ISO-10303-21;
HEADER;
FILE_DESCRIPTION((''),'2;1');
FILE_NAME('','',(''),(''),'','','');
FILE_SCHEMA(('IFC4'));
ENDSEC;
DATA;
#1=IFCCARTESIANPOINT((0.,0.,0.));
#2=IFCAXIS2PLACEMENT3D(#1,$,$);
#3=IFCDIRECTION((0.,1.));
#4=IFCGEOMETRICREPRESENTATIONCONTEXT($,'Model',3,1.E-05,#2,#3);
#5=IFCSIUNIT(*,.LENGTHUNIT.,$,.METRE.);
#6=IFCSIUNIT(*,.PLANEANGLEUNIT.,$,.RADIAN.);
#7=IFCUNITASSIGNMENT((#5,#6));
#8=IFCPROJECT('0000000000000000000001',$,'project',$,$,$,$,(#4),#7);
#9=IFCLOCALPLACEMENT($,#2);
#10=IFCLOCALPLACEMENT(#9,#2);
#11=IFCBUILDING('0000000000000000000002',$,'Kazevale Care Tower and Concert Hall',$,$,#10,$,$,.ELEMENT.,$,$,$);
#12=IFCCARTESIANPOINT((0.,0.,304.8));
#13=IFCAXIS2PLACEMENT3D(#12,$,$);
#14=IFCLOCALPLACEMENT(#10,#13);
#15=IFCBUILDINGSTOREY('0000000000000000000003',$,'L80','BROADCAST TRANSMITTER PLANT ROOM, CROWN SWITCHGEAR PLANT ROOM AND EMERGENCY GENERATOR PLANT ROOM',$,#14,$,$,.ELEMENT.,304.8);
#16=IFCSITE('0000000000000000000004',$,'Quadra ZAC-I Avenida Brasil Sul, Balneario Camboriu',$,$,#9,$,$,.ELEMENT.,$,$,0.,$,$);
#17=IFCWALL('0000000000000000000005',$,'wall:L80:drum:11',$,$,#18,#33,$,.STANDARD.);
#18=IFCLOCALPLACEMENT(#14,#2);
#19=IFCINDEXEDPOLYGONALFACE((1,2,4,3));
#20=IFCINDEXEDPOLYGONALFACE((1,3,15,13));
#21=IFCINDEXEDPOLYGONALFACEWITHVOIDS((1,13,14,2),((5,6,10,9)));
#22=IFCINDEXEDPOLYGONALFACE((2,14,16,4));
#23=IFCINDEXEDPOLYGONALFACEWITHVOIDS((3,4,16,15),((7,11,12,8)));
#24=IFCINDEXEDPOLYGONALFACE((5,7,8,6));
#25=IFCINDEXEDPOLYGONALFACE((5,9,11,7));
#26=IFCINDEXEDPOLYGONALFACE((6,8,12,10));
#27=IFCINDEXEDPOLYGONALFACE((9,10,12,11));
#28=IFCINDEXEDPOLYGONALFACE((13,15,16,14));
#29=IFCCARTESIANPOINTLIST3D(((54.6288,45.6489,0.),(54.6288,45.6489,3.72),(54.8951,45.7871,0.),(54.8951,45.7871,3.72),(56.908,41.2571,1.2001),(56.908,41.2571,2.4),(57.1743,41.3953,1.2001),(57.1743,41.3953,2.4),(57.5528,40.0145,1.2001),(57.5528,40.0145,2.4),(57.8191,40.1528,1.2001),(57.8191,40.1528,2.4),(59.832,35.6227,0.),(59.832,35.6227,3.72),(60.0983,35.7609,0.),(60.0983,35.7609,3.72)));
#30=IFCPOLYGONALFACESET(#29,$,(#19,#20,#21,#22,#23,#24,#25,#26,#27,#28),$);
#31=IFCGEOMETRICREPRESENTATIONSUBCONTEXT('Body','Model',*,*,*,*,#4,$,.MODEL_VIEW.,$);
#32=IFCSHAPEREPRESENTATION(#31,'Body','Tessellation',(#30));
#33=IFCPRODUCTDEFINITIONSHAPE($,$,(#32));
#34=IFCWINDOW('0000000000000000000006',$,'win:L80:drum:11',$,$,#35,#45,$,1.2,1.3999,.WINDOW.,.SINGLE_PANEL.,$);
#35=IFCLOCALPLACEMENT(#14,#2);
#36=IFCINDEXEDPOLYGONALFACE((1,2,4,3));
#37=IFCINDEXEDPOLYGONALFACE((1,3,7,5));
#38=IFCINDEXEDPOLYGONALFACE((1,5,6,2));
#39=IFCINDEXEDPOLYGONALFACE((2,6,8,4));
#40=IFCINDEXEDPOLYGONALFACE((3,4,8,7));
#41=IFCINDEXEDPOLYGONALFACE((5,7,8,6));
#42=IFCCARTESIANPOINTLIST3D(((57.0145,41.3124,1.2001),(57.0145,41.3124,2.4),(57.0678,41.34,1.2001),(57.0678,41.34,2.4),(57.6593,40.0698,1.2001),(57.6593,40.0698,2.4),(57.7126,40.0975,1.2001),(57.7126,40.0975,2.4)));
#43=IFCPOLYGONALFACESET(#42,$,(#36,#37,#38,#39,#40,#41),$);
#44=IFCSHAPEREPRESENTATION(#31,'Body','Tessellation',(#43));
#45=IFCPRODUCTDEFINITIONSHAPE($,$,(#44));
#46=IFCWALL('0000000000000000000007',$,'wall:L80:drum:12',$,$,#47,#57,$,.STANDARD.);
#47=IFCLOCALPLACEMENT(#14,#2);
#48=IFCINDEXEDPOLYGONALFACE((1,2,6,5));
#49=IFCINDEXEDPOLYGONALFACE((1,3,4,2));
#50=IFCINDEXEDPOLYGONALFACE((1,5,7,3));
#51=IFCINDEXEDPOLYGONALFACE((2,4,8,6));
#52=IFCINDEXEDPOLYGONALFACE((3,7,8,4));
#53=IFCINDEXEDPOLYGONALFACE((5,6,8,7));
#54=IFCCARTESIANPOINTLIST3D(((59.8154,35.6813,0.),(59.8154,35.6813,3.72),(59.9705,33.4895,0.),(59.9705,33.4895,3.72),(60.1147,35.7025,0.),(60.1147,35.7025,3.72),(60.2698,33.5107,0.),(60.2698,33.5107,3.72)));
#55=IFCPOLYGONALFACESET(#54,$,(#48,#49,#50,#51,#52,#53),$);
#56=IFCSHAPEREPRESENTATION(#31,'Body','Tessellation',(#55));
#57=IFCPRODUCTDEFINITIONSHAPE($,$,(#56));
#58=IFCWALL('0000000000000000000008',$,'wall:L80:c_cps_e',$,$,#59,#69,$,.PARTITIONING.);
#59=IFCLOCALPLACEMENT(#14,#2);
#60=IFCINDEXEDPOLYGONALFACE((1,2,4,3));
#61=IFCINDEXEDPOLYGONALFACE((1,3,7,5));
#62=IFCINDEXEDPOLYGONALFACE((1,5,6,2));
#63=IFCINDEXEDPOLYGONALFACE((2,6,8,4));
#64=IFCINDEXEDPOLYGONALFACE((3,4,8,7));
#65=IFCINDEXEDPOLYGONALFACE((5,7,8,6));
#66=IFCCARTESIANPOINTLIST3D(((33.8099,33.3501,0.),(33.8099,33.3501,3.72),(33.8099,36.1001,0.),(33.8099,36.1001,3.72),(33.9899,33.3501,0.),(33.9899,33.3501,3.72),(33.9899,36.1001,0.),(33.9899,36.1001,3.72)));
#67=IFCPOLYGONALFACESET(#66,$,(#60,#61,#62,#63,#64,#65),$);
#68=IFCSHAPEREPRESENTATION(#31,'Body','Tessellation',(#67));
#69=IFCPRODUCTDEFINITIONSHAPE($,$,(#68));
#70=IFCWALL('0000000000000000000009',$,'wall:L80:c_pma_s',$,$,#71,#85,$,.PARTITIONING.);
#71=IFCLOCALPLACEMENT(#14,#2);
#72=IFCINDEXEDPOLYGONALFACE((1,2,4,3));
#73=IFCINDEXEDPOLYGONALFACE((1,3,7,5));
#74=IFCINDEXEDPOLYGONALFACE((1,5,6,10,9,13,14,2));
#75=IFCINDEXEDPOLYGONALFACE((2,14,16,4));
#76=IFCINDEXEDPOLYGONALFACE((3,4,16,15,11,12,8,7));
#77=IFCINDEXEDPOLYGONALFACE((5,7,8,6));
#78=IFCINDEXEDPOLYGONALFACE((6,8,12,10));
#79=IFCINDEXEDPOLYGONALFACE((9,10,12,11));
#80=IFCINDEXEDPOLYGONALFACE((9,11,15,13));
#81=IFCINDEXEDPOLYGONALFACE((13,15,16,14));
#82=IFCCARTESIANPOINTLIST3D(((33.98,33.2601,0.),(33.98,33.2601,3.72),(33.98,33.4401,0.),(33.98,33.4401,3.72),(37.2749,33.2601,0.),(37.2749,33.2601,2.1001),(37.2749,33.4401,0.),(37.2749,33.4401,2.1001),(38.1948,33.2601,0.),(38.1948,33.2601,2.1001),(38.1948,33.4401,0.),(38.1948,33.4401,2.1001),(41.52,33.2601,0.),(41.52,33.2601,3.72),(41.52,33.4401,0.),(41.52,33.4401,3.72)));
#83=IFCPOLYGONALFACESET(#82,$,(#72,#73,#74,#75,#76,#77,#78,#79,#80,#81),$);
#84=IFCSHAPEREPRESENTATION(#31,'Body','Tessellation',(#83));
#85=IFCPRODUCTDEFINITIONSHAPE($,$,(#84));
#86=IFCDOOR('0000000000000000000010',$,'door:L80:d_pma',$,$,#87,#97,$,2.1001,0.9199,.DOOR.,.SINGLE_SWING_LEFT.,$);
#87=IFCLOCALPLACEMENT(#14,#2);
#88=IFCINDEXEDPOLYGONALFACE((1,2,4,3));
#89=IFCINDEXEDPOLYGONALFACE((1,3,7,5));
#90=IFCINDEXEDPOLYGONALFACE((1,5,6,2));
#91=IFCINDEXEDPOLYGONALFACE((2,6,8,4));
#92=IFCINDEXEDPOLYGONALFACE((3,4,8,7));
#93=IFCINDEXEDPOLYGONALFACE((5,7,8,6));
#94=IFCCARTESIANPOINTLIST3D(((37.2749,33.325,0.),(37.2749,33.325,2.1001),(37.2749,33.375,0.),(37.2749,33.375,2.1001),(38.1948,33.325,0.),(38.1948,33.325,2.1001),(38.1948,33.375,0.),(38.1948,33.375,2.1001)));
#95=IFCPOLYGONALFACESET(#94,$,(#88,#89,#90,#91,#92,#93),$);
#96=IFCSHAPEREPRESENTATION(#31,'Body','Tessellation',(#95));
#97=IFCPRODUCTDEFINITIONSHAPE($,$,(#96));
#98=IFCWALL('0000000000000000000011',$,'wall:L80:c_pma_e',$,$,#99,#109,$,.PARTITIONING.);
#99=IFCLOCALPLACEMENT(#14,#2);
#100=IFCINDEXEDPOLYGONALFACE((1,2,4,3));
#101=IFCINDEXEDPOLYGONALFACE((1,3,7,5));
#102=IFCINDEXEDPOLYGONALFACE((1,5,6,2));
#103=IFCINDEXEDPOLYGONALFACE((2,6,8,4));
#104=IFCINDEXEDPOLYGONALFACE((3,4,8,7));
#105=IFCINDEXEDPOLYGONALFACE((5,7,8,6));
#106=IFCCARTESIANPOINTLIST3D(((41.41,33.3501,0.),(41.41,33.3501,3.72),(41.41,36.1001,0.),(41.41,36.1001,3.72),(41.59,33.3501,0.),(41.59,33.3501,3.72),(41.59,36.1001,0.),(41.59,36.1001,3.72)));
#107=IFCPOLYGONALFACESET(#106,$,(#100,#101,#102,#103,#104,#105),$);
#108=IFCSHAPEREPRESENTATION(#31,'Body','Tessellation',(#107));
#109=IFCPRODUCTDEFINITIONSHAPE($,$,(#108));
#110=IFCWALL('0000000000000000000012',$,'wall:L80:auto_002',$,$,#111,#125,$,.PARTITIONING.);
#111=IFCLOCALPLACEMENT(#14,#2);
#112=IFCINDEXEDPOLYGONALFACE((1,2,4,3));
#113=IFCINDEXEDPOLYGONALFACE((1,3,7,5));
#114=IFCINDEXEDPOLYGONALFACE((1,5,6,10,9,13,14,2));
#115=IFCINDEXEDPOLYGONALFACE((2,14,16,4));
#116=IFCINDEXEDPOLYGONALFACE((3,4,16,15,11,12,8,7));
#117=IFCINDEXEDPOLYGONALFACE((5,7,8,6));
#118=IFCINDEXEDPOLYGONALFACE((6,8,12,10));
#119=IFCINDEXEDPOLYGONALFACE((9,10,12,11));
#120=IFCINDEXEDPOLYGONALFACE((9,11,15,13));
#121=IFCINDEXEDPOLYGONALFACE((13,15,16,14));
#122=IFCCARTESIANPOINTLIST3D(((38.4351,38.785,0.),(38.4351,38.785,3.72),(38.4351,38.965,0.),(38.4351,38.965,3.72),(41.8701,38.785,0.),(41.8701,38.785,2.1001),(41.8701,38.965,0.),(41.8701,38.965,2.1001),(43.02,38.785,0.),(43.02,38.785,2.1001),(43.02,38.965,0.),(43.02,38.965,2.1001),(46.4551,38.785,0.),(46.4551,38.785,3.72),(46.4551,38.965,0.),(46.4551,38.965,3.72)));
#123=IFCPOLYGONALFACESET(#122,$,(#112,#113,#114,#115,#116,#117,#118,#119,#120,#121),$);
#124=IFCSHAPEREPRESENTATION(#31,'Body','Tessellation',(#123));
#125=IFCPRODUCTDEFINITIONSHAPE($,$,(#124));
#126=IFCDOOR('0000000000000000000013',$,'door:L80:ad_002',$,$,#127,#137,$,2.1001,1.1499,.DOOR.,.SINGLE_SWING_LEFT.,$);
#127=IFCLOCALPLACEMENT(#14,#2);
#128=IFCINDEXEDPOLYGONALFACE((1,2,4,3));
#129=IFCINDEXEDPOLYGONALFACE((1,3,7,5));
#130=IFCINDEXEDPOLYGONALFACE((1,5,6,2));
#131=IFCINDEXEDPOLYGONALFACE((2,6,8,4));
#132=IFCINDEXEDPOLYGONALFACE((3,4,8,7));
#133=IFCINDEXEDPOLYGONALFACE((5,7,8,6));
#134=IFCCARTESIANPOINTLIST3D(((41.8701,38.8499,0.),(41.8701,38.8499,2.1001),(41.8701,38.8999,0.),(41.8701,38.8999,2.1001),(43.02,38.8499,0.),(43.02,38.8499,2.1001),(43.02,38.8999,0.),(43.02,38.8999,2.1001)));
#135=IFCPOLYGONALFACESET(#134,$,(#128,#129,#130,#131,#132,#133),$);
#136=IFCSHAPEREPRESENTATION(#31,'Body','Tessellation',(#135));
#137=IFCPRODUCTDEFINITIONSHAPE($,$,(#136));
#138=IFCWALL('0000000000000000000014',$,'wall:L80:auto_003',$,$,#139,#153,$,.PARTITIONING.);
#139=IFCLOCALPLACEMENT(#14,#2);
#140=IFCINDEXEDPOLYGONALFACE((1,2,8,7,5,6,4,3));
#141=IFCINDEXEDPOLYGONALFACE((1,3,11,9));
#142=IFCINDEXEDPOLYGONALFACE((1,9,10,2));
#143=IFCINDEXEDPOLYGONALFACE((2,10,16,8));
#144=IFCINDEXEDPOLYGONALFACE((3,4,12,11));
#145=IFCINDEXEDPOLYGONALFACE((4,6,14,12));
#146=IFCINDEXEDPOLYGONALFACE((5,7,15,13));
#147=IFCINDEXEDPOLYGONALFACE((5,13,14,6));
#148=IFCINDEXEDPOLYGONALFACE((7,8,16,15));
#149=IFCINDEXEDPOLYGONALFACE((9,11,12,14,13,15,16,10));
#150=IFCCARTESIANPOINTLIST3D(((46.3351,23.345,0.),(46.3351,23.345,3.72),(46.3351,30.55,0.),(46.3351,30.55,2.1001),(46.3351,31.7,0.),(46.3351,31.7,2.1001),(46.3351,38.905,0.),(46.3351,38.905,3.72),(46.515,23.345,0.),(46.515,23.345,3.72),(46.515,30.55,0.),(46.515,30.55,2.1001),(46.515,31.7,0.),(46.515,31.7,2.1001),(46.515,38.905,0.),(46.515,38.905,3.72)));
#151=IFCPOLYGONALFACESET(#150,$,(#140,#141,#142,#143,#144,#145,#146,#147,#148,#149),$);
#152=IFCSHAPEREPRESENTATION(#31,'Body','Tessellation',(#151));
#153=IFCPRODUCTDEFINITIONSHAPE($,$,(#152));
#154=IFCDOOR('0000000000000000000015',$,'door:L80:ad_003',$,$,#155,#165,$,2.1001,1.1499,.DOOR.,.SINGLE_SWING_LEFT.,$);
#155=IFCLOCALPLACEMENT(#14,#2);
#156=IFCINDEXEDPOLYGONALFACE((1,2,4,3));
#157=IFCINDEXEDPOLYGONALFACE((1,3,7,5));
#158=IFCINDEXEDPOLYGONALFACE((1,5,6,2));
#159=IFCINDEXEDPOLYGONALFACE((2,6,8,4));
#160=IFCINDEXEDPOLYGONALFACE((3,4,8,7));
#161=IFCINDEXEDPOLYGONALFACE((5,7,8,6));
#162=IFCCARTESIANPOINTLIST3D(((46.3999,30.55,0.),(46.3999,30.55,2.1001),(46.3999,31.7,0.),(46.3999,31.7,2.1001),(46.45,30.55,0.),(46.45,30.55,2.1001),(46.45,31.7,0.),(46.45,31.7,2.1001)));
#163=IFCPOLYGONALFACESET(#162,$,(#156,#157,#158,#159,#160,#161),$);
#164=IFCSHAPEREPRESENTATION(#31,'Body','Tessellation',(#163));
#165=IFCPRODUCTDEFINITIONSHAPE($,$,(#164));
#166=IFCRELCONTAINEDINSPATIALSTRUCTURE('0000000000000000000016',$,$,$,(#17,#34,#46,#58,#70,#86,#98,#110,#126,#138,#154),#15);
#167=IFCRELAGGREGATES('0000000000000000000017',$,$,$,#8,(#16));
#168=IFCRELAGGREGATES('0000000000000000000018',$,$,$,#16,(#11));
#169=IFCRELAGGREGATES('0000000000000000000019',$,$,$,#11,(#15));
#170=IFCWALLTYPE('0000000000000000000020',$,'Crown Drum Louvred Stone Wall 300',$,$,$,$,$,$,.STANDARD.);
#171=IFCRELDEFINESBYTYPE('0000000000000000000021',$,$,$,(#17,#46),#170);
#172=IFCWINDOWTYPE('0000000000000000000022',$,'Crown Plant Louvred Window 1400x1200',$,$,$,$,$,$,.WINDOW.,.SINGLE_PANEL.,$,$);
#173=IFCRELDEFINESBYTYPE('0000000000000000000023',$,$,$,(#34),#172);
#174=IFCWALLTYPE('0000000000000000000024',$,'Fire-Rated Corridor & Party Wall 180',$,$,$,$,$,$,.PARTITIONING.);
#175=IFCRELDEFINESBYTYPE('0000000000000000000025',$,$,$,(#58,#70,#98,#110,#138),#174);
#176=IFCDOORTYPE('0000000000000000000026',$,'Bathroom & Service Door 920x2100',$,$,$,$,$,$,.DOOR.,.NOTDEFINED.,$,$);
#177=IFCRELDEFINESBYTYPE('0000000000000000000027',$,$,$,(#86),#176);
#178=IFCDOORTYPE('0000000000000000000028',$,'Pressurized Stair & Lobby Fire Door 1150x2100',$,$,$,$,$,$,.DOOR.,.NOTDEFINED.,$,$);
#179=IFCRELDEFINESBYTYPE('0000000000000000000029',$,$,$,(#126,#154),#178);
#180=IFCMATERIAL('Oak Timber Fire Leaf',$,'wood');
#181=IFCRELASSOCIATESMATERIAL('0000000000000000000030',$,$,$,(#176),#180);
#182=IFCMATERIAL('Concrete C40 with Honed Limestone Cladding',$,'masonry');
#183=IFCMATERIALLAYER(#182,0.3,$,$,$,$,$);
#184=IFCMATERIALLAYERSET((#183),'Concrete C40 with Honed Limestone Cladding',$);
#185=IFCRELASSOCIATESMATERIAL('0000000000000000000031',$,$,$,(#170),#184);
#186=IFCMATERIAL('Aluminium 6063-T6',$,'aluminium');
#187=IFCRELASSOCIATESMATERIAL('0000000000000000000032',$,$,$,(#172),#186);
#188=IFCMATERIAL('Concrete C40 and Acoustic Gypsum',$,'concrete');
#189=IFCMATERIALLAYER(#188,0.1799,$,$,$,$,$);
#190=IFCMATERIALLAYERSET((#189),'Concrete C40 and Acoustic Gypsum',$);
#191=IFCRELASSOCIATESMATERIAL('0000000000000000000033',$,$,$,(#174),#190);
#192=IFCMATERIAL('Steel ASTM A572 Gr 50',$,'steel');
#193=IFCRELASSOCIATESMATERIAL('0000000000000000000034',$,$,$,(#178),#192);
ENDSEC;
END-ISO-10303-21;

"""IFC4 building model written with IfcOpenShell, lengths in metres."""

from ifc_helpers import new_model, si_unit, direction, frame, frame_2d, origin, place, context, subcontext, project, spatial, rectangle, extrude, material, layer, layer_set, type_object, element, fill, save


model = new_model("IFC4")

# Units and contexts
model_context = context("Model", 3, precision=1e-05, world=origin(), true_north=direction((0.0, 1.0)))
body_context = subcontext(model_context, "Body", "Model", "MODEL_VIEW")
ifc_project = project(units=[si_unit("LENGTHUNIT", "METRE"), si_unit("PLANEANGLEUNIT", "RADIAN")], contexts=[model_context])

# Site, building, storey
site_placement = place(None, origin())
site = spatial("IfcSite", under=ifc_project, at=site_placement, Name="Quadra ZAC-I Avenida Brasil Sul, Balneario Camboriu", CompositionType="ELEMENT", RefElevation=0.0)
building_placement = place(site_placement, origin())
building = spatial("IfcBuilding", under=site, at=building_placement, Name="Kazevale Care Tower and Concert Hall", CompositionType="ELEMENT")
storey_placement = place(building_placement, frame((0.0, 0.0, 304.8)))
storey = spatial("IfcBuildingStorey", under=building, at=storey_placement, Name="L80", Description="BROADCAST TRANSMITTER PLANT ROOM, CROWN SWITCHGEAR PLANT ROOM AND EMERGENCY GENERATOR PLANT ROOM", CompositionType="ELEMENT", Elevation=304.8)

# Shared definitions
ifc_material_1 = material(Name="Steel ASTM A572 Gr 50", Category="steel")

# Shared definitions
ifc_material_2 = material(Name="Oak Timber Fire Leaf", Category="wood")
door_type_1 = type_object("IfcDoorType", Name="Bathroom & Service Door 920x2100", OperationType="NOTDEFINED", PredefinedType="DOOR", material=ifc_material_2)

# Shared definitions
ifc_material_3 = material(Name="Concrete C40 with Honed Limestone Cladding", Category="masonry")
ifc_layer_1 = layer(ifc_material_3, 0.3)
ifc_layer_set_1 = layer_set([ifc_layer_1], Name="Concrete C40 with Honed Limestone Cladding")
wall_type_1 = type_object("IfcWallType", Name="Crown Drum Louvred Stone Wall 300", PredefinedType="STANDARD", material=ifc_layer_set_1)
ifc_material_4 = material(Name="Aluminium 6063-T6", Category="aluminium")
window_type = type_object("IfcWindowType", Name="Crown Plant Louvred Window 1400x1200", PartitioningType="SINGLE_PANEL", PredefinedType="WINDOW", material=ifc_material_4)

# Wall, opening, window
wall_1_placement = place(storey_placement, frame((54.762, 45.718, 0.0), z_axis=(0.0, 0.0, 1.0), x_axis=(0.460624, -0.887595, 0.0)))
wall_1 = element("IfcWall", 1, at=wall_1_placement, inside=storey, type_object=wall_type_1, Name="wall:L80:drum:11", PredefinedType="STANDARD", context=body_context, shape_type="SweptSolid", body=[
    extrude(rectangle(XDim=11.2959, YDim=0.3, at=frame_2d((5.6479, 0.0))), origin(), (0.0, 0.0, 1.0), 3.72),
])
opening_1_placement = place(wall_1_placement, frame((4.948, 0.0, 1.2)))
opening_1 = element("IfcOpeningElement", 2, at=opening_1_placement, cuts=wall_1, PredefinedType="OPENING", context=body_context, shape_type="SweptSolid", body=[
    extrude(rectangle(XDim=1.3999, YDim=1.2, at=frame_2d((0.7, 0.6001))), frame((0.0, 0.1599, 0.0), z_axis=(0.0, -1.0, 0.0), x_axis=(1.0, 0.0, 0.0)), (0.0, 0.0, 1.0), 0.3201),
])
window_1_placement = place(opening_1_placement, origin())
window_1 = element("IfcWindow", 3, at=window_1_placement, inside=storey, type_object=window_type, Name="win:L80:drum:11", OverallHeight=1.2, OverallWidth=1.3999, PartitioningType="SINGLE_PANEL", PredefinedType="WINDOW", context=body_context, shape_type="SweptSolid", body=[
    extrude(rectangle(XDim=1.3999, YDim=1.2, at=frame_2d((0.7, 0.6001))), frame((0.0, 0.03, 0.0), z_axis=(0.0, -1.0, 0.0), x_axis=(1.0, 0.0, 0.0)), (0.0, 0.0, 1.0), 0.0601),
])
fill(opening_1, window_1)

# Walls
wall_2_placement = place(storey_placement, frame((59.9651, 35.6919, 0.0), z_axis=(0.0, 0.0, 1.0), x_axis=(0.070552, -0.997508, 0.0)))
element("IfcWall", 4, at=wall_2_placement, inside=storey, type_object=wall_type_1, Name="wall:L80:drum:12", PredefinedType="STANDARD", context=body_context, shape_type="SweptSolid", body=[
    extrude(rectangle(XDim=2.1973, YDim=0.3, at=frame_2d((1.0986, 0.0))), origin(), (0.0, 0.0, 1.0), 3.72),
])
ifc_material_5 = material(Name="Concrete C40 and Acoustic Gypsum", Category="concrete")
ifc_layer_2 = layer(ifc_material_5, 0.1799)
ifc_layer_set_2 = layer_set([ifc_layer_2], Name="Concrete C40 and Acoustic Gypsum")
wall_type_2 = type_object("IfcWallType", Name="Fire-Rated Corridor & Party Wall 180", PredefinedType="PARTITIONING", material=ifc_layer_set_2)
wall_3_placement = place(storey_placement, frame((33.8999, 33.3501, 0.0), z_axis=(0.0, 0.0, 1.0), x_axis=(0.0, 1.0, 0.0)))
element("IfcWall", 5, at=wall_3_placement, inside=storey, type_object=wall_type_2, Name="wall:L80:c_cps_e", PredefinedType="PARTITIONING", context=body_context, shape_type="SweptSolid", body=[
    extrude(rectangle(XDim=2.75, YDim=0.1799, at=frame_2d((1.375, 0.0))), origin(), (0.0, 0.0, 1.0), 3.72),
])

# Wall, opening, door
wall_4_placement = place(storey_placement, frame((33.98, 33.3501, 0.0), z_axis=(0.0, 0.0, 1.0), x_axis=(1.0, 0.0, 0.0)))
wall_4 = element("IfcWall", 6, at=wall_4_placement, inside=storey, type_object=wall_type_2, Name="wall:L80:c_pma_s", PredefinedType="PARTITIONING", context=body_context, shape_type="SweptSolid", body=[
    extrude(rectangle(XDim=7.54, YDim=0.1799, at=frame_2d((3.77, 0.0))), origin(), (0.0, 0.0, 1.0), 3.72),
])
opening_2_placement = place(wall_4_placement, frame((3.2949, 0.0, 0.0)))
opening_2 = element("IfcOpeningElement", 7, at=opening_2_placement, cuts=wall_4, PredefinedType="OPENING", context=body_context, shape_type="SweptSolid", body=[
    extrude(rectangle(XDim=0.9199, YDim=2.1001, at=frame_2d((0.46, 1.05))), frame((0.0, 0.0999, 0.0), z_axis=(0.0, -1.0, 0.0), x_axis=(1.0, 0.0, 0.0)), (0.0, 0.0, 1.0), 0.2),
])
door_1_placement = place(opening_2_placement, origin())
door_1 = element("IfcDoor", 8, at=door_1_placement, inside=storey, type_object=door_type_1, Name="door:L80:d_pma", OperationType="SINGLE_SWING_LEFT", OverallHeight=2.1001, OverallWidth=0.9199, PredefinedType="DOOR", context=body_context, shape_type="SweptSolid", body=[
    extrude(rectangle(XDim=0.9199, YDim=2.1001, at=frame_2d((0.46, 1.05))), frame((0.0, 0.0249, 0.0), z_axis=(0.0, -1.0, 0.0), x_axis=(1.0, 0.0, 0.0)), (0.0, 0.0, 1.0), 0.05),
])
fill(opening_2, door_1)

# Wall
wall_5_placement = place(storey_placement, frame((41.5, 33.3501, 0.0), z_axis=(0.0, 0.0, 1.0), x_axis=(0.0, 1.0, 0.0)))
element("IfcWall", 9, at=wall_5_placement, inside=storey, type_object=wall_type_2, Name="wall:L80:c_pma_e", PredefinedType="PARTITIONING", context=body_context, shape_type="SweptSolid", body=[
    extrude(rectangle(XDim=2.75, YDim=0.1799, at=frame_2d((1.375, 0.0))), origin(), (0.0, 0.0, 1.0), 3.72),
])

# Walls, openings, doors
wall_6_placement = place(storey_placement, frame((38.4351, 38.875, 0.0), z_axis=(0.0, 0.0, 1.0), x_axis=(1.0, 0.0, 0.0)))
wall_6 = element("IfcWall", 10, at=wall_6_placement, inside=storey, type_object=wall_type_2, Name="wall:L80:auto_002", PredefinedType="PARTITIONING", context=body_context, shape_type="SweptSolid", body=[
    extrude(rectangle(XDim=8.02, YDim=0.1799, at=frame_2d((4.01, 0.0))), origin(), (0.0, 0.0, 1.0), 3.72),
])
opening_3_placement = place(wall_6_placement, frame((3.4351, 0.0, 0.0)))
opening_3 = element("IfcOpeningElement", 11, at=opening_3_placement, cuts=wall_6, PredefinedType="OPENING", context=body_context, shape_type="SweptSolid", body=[
    extrude(rectangle(XDim=1.1499, YDim=2.1001, at=frame_2d((0.575, 1.05))), frame((0.0, 0.0999, 0.0), z_axis=(0.0, -1.0, 0.0), x_axis=(1.0, 0.0, 0.0)), (0.0, 0.0, 1.0), 0.2),
])
door_type_2 = type_object("IfcDoorType", Name="Pressurized Stair & Lobby Fire Door 1150x2100", OperationType="NOTDEFINED", PredefinedType="DOOR", material=ifc_material_1)
door_2_placement = place(opening_3_placement, origin())
door_2 = element("IfcDoor", 12, at=door_2_placement, inside=storey, type_object=door_type_2, Name="door:L80:ad_002", OperationType="SINGLE_SWING_LEFT", OverallHeight=2.1001, OverallWidth=1.1499, PredefinedType="DOOR", context=body_context, shape_type="SweptSolid", body=[
    extrude(rectangle(XDim=1.1499, YDim=2.1001, at=frame_2d((0.575, 1.05))), frame((0.0, 0.0249, 0.0), z_axis=(0.0, -1.0, 0.0), x_axis=(1.0, 0.0, 0.0)), (0.0, 0.0, 1.0), 0.05),
])
fill(opening_3, door_2)
wall_7_placement = place(storey_placement, frame((46.425, 38.905, 0.0), z_axis=(0.0, 0.0, 1.0), x_axis=(0.0, -1.0, 0.0)))
wall_7 = element("IfcWall", 13, at=wall_7_placement, inside=storey, type_object=wall_type_2, Name="wall:L80:auto_003", PredefinedType="PARTITIONING", context=body_context, shape_type="SweptSolid", body=[
    extrude(rectangle(XDim=15.5601, YDim=0.1799, at=frame_2d((7.78, 0.0))), origin(), (0.0, 0.0, 1.0), 3.72),
])
opening_4_placement = place(wall_7_placement, frame((7.2051, 0.0, 0.0)))
opening_4 = element("IfcOpeningElement", 14, at=opening_4_placement, cuts=wall_7, PredefinedType="OPENING", context=body_context, shape_type="SweptSolid", body=[
    extrude(rectangle(XDim=1.1499, YDim=2.1001, at=frame_2d((0.575, 1.05))), frame((0.0, 0.0999, 0.0), z_axis=(0.0, -1.0, 0.0), x_axis=(1.0, 0.0, 0.0)), (0.0, 0.0, 1.0), 0.2),
])
door_3_placement = place(opening_4_placement, origin())
door_3 = element("IfcDoor", 15, at=door_3_placement, inside=storey, type_object=door_type_2, Name="door:L80:ad_003", OperationType="SINGLE_SWING_LEFT", OverallHeight=2.1001, OverallWidth=1.1499, PredefinedType="DOOR", context=body_context, shape_type="SweptSolid", body=[
    extrude(rectangle(XDim=1.1499, YDim=2.1001, at=frame_2d((0.575, 1.05))), frame((0.0, 0.0249, 0.0), z_axis=(0.0, -1.0, 0.0), x_axis=(1.0, 0.0, 0.0)), (0.0, 0.0, 1.0), 0.05),
])
fill(opening_4, door_3)

save(model, "model.ifc")
